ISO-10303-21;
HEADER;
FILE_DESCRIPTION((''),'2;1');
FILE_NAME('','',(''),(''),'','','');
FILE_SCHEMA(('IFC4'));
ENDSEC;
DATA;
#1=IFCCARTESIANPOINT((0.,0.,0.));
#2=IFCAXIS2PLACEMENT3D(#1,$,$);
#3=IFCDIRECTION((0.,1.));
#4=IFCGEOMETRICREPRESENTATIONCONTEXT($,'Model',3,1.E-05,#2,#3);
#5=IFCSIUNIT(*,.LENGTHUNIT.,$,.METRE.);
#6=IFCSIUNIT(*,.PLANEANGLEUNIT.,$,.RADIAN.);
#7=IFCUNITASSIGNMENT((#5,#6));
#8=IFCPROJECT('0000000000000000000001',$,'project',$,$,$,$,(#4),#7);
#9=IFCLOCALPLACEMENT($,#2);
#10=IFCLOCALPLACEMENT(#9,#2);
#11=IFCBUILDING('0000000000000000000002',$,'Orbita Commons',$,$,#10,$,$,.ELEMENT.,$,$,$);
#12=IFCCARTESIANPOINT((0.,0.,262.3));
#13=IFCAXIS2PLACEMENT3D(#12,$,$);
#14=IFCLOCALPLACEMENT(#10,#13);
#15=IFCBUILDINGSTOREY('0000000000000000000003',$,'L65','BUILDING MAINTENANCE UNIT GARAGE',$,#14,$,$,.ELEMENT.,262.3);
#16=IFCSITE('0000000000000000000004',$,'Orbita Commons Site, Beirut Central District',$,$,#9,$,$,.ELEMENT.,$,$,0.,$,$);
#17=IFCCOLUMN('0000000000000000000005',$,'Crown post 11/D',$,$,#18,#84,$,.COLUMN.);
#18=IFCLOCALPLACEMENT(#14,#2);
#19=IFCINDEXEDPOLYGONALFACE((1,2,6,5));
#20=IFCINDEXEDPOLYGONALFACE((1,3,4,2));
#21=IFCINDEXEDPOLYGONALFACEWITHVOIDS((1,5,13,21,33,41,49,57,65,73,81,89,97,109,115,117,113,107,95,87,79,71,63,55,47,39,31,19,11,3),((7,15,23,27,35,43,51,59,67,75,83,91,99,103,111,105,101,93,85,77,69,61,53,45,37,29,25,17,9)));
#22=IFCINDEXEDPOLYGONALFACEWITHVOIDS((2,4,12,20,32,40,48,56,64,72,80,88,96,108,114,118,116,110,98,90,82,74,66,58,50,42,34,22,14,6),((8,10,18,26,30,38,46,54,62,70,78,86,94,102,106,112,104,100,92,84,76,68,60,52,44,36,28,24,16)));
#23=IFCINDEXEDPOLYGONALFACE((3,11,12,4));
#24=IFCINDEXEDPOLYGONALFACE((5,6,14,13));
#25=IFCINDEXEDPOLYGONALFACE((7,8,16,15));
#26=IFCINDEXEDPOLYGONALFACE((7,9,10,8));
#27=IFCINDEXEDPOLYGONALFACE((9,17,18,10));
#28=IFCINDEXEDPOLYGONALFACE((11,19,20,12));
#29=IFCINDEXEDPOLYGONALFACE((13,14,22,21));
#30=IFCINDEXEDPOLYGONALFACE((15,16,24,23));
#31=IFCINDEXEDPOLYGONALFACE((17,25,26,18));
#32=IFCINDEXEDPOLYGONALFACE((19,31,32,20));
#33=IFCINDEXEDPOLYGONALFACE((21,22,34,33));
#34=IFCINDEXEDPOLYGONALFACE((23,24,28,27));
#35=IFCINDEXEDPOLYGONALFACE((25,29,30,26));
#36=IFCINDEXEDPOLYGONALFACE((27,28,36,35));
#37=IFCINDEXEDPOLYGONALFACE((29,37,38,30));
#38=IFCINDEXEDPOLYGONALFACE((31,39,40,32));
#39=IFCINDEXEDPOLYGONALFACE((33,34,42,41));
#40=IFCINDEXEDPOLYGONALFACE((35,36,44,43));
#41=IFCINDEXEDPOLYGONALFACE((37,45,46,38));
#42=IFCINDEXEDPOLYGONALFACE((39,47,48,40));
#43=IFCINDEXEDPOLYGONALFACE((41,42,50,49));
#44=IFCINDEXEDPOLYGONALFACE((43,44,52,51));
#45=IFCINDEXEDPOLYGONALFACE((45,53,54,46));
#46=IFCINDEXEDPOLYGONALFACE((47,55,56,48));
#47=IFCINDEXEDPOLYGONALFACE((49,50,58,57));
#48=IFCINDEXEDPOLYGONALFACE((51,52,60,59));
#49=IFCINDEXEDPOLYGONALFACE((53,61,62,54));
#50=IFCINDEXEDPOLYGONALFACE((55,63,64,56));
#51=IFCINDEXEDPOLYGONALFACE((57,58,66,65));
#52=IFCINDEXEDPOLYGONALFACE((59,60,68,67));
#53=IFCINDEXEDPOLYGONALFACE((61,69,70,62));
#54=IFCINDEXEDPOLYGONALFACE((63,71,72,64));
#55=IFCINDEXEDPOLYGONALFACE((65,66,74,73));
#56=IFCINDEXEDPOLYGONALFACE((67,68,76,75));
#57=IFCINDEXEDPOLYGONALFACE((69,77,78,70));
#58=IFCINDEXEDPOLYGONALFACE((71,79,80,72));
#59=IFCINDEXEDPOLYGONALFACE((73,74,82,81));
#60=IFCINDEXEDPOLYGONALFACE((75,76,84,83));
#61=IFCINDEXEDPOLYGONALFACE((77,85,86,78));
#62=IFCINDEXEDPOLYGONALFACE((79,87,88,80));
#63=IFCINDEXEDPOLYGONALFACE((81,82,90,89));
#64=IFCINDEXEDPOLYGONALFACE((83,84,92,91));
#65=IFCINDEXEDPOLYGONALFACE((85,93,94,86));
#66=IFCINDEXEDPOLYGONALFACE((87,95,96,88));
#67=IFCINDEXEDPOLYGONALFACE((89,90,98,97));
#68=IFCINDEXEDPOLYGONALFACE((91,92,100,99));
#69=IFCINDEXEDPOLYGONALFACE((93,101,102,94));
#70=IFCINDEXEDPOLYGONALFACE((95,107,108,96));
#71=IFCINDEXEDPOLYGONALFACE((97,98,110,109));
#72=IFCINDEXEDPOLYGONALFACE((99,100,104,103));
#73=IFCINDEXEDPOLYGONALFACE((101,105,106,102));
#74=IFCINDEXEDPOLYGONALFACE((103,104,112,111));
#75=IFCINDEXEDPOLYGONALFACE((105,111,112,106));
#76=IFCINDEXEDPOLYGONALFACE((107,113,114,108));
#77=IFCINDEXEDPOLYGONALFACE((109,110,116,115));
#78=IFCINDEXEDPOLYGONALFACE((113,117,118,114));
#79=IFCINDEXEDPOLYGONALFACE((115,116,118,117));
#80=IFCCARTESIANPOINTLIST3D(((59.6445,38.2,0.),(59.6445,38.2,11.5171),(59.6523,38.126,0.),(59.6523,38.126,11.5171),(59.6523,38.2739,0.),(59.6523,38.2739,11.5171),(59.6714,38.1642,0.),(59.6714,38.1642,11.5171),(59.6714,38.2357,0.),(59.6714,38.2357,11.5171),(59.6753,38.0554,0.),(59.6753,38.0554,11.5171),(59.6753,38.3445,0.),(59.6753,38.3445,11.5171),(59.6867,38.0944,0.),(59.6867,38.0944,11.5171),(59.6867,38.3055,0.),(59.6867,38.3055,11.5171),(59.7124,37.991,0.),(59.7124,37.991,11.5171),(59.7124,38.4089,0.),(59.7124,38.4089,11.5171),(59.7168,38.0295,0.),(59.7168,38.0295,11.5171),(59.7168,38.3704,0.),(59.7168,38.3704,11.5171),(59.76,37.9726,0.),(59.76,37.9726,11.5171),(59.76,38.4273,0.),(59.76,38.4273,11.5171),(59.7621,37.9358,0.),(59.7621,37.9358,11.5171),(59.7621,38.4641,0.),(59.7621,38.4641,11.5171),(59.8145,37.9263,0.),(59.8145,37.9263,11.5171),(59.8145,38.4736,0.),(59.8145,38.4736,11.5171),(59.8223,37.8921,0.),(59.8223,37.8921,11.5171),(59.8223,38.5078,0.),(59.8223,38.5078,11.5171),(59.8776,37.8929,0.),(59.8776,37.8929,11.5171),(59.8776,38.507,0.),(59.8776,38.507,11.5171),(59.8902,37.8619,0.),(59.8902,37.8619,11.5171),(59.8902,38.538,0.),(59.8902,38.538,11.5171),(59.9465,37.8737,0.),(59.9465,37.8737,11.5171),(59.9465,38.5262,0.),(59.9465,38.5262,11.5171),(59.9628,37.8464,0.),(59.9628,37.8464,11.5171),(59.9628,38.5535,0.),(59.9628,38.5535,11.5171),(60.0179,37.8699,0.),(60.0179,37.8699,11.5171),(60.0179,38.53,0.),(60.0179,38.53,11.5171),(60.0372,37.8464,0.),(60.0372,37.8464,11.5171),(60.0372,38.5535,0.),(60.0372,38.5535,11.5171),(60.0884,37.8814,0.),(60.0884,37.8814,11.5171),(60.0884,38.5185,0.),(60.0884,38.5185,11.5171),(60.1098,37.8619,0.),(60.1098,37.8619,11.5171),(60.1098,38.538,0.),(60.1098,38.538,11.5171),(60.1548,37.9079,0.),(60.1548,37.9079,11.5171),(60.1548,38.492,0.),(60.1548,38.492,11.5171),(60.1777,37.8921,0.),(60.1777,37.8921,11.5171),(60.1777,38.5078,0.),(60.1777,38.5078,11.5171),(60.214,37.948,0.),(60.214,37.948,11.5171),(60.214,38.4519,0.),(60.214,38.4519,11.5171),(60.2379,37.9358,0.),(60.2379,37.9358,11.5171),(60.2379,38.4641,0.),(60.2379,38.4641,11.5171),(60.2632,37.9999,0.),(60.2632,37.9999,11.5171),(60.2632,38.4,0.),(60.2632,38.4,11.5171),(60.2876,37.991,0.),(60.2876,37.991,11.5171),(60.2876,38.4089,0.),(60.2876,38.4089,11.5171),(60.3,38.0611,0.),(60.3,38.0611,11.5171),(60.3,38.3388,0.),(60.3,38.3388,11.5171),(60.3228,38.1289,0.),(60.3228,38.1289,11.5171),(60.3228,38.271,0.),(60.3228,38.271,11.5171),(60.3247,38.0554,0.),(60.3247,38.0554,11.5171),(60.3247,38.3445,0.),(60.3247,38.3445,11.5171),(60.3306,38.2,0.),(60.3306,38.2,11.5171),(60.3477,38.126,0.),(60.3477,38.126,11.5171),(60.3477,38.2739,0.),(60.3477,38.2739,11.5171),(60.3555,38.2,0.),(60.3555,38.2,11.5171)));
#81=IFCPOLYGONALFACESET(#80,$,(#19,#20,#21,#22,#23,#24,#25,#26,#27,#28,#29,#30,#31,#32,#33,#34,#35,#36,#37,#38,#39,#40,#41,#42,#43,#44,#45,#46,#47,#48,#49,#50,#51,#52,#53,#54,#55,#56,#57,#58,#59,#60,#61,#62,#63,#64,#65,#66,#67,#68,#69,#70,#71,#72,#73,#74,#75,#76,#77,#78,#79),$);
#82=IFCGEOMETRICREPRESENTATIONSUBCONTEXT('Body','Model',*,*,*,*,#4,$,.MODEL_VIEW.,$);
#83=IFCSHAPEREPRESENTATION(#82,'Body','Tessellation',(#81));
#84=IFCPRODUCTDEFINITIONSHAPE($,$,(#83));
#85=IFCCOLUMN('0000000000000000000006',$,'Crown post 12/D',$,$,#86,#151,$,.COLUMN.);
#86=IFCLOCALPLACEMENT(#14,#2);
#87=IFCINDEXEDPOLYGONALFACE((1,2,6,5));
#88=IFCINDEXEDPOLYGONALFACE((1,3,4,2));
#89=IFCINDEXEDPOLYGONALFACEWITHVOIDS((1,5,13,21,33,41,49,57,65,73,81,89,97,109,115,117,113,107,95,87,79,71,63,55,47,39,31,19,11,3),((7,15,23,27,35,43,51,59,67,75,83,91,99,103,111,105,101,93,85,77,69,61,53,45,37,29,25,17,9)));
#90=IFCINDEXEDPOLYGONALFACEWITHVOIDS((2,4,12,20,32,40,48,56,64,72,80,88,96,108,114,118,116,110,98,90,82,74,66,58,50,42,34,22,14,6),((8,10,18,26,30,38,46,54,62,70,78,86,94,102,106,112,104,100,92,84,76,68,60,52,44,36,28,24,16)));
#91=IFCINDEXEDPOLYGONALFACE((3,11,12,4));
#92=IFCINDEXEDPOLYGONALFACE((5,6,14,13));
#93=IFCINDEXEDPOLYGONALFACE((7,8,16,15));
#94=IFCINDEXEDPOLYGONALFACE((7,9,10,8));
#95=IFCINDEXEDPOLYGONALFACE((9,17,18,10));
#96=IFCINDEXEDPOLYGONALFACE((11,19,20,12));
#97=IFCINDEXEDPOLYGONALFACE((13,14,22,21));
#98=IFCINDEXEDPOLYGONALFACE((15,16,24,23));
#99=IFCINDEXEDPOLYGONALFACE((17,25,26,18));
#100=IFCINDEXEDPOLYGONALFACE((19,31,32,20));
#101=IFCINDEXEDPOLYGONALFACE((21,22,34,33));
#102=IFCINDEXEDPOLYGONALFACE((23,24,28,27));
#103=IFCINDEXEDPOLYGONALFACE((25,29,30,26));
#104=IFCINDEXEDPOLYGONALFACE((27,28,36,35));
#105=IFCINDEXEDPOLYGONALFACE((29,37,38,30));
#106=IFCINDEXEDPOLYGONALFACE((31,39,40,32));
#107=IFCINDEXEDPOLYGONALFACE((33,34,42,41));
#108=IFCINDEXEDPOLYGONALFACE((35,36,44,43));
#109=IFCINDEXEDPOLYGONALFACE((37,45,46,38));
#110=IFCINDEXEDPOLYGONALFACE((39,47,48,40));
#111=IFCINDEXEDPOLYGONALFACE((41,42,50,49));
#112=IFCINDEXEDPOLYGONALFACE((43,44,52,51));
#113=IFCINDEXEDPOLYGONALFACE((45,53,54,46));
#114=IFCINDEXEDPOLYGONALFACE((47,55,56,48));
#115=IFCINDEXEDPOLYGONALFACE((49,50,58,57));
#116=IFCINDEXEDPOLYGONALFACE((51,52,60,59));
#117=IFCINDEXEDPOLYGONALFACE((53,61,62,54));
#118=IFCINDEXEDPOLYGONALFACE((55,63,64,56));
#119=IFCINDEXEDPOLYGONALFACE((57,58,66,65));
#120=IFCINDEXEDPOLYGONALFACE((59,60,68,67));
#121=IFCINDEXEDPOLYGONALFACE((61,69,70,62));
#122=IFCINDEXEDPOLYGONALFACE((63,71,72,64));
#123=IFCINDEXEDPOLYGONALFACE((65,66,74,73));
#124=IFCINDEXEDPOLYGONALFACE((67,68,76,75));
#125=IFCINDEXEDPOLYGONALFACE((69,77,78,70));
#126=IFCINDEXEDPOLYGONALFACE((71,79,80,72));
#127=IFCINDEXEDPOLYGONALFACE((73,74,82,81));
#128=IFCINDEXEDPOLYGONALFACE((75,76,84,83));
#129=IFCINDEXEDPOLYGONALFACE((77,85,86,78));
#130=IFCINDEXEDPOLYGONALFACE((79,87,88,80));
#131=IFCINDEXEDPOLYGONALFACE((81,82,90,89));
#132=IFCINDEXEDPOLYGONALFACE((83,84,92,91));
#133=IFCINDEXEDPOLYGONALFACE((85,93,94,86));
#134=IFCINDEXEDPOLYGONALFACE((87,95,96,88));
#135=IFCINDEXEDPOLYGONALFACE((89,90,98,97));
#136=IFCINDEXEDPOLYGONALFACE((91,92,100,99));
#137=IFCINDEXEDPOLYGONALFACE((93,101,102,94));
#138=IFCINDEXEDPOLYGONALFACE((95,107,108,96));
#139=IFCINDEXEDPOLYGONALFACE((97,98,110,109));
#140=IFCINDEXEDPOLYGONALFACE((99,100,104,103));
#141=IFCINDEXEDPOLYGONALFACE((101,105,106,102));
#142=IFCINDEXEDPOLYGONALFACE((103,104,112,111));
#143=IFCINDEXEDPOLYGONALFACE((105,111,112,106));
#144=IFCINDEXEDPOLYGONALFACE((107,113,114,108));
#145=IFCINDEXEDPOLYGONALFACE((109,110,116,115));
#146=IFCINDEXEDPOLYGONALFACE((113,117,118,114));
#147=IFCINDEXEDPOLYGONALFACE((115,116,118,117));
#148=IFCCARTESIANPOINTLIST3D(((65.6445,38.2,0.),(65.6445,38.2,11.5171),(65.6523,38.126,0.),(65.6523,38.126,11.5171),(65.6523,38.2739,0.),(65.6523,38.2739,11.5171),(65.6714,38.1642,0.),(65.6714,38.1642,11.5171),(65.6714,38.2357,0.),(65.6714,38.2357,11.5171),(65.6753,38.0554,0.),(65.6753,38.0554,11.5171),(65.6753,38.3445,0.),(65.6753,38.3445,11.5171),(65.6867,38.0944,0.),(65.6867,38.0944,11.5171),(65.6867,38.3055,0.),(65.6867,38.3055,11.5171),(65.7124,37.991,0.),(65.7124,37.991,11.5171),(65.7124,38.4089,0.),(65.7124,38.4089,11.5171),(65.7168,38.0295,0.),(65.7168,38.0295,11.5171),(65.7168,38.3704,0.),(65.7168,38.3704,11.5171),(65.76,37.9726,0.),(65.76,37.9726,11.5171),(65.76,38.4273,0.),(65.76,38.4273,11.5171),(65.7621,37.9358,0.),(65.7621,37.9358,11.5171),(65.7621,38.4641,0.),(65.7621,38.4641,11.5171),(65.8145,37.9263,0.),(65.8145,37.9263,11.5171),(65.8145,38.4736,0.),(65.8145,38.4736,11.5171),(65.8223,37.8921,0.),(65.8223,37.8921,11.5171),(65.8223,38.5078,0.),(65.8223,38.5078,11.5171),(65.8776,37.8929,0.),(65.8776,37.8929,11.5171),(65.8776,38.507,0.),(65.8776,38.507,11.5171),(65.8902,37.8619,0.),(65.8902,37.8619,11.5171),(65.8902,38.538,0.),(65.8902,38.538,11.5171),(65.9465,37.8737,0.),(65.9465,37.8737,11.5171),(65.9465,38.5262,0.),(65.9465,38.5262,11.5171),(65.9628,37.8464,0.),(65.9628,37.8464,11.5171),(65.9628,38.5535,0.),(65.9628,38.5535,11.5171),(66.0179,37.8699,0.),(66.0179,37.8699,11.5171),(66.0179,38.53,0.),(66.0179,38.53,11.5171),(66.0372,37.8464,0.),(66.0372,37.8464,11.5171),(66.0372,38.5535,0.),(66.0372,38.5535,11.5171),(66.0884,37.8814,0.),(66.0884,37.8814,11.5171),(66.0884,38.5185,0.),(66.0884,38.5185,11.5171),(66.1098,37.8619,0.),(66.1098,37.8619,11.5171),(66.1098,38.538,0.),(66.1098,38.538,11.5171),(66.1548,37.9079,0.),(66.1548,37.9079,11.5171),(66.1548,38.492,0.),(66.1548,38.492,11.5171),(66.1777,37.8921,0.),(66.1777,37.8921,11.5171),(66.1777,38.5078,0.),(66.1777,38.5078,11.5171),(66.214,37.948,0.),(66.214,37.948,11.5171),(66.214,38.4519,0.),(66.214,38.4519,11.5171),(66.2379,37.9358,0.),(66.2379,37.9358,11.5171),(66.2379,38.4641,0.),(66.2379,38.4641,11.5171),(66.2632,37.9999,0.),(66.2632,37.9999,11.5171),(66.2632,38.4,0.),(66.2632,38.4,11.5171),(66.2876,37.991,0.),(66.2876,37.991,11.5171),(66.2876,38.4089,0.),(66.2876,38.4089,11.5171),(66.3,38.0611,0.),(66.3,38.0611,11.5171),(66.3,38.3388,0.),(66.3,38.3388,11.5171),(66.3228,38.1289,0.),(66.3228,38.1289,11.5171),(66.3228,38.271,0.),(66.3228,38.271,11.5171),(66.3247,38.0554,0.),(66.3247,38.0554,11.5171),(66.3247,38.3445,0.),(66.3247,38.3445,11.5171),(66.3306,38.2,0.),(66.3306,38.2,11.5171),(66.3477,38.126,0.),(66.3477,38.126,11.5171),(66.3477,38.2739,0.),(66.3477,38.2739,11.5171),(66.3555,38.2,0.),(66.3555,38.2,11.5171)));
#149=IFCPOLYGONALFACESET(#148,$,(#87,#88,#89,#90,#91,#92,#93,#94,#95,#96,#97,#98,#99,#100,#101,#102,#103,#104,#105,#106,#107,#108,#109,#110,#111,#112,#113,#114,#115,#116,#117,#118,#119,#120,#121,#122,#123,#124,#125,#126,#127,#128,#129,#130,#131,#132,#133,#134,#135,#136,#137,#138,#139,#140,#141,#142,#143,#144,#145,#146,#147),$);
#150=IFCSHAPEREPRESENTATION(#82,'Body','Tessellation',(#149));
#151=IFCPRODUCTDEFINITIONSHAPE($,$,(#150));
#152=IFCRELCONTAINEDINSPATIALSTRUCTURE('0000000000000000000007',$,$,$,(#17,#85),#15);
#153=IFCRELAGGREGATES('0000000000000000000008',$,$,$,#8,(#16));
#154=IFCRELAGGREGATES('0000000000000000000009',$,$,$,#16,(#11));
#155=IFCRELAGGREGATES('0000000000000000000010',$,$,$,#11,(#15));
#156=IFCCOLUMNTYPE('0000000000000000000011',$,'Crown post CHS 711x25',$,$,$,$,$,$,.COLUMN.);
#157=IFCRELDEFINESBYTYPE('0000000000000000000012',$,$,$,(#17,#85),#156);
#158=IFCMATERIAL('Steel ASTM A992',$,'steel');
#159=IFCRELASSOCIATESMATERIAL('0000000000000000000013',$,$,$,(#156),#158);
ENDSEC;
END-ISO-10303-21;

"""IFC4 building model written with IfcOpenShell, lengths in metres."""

from ifc_helpers import new_model, si_unit, direction, frame, origin, origin_2d, place, context, subcontext, project, spatial, hollow_circle, extrude, material, material_profile, profile_set, type_object, element, save


model = new_model("IFC4")

# Units and contexts
model_context = context("Model", 3, precision=1e-05, world=origin(), true_north=direction((0.0, 1.0)))
body_context = subcontext(model_context, "Body", "Model", "MODEL_VIEW")
ifc_project = project(units=[si_unit("LENGTHUNIT", "METRE"), si_unit("PLANEANGLEUNIT", "RADIAN")], contexts=[model_context])

# Site, building, storey
site_placement = place(None, origin())
site = spatial("IfcSite", under=ifc_project, at=site_placement, Name="Orbita Commons Site, Beirut Central District", CompositionType="ELEMENT", RefElevation=0.0)
building_placement = place(site_placement, origin())
building = spatial("IfcBuilding", under=site, at=building_placement, Name="Orbita Commons", CompositionType="ELEMENT")
storey_placement = place(building_placement, frame((0.0, 0.0, 262.3)))
storey = spatial("IfcBuildingStorey", under=building, at=storey_placement, Name="L65", Description="BUILDING MAINTENANCE UNIT GARAGE", CompositionType="ELEMENT", Elevation=262.3)

# Columns
ifc_material_1 = material(Name="Steel ASTM A992", Category="steel")
ifc_material_profile_1 = material_profile(ifc_material_1, hollow_circle(Radius=0.3555, WallThickness=0.0249, at=origin_2d()), Name="CHS 711x25")
ifc_profile_set_1 = profile_set([ifc_material_profile_1], Name="Steel ASTM A992")
column_type = type_object("IfcColumnType", Name="Crown post CHS 711x25", PredefinedType="COLUMN", material=ifc_profile_set_1)
for number, where, z_axis, x_axis, name in (
    (1, (60.0, 38.2, 0.0), (0.0, 0.0, 1.0), (1.0, 0.0, 0.0), "Crown post 11/D"),
    (2, (66.0, 38.2, 0.0), (0.0, 0.0, 1.0), (1.0, 0.0, 0.0), "Crown post 12/D"),
):
    element("IfcColumn", number, at=place(storey_placement, frame(where, z_axis=z_axis, x_axis=x_axis)), inside=storey, type_object=column_type, Name=name, PredefinedType="COLUMN", context=body_context, shape_type="SweptSolid", body=[
        extrude(hollow_circle(Radius=0.3555, WallThickness=0.0249, at=origin_2d()), origin(), (0.0, 0.0, 1.0), 11.5171),
    ])

save(model, "model.ifc")
